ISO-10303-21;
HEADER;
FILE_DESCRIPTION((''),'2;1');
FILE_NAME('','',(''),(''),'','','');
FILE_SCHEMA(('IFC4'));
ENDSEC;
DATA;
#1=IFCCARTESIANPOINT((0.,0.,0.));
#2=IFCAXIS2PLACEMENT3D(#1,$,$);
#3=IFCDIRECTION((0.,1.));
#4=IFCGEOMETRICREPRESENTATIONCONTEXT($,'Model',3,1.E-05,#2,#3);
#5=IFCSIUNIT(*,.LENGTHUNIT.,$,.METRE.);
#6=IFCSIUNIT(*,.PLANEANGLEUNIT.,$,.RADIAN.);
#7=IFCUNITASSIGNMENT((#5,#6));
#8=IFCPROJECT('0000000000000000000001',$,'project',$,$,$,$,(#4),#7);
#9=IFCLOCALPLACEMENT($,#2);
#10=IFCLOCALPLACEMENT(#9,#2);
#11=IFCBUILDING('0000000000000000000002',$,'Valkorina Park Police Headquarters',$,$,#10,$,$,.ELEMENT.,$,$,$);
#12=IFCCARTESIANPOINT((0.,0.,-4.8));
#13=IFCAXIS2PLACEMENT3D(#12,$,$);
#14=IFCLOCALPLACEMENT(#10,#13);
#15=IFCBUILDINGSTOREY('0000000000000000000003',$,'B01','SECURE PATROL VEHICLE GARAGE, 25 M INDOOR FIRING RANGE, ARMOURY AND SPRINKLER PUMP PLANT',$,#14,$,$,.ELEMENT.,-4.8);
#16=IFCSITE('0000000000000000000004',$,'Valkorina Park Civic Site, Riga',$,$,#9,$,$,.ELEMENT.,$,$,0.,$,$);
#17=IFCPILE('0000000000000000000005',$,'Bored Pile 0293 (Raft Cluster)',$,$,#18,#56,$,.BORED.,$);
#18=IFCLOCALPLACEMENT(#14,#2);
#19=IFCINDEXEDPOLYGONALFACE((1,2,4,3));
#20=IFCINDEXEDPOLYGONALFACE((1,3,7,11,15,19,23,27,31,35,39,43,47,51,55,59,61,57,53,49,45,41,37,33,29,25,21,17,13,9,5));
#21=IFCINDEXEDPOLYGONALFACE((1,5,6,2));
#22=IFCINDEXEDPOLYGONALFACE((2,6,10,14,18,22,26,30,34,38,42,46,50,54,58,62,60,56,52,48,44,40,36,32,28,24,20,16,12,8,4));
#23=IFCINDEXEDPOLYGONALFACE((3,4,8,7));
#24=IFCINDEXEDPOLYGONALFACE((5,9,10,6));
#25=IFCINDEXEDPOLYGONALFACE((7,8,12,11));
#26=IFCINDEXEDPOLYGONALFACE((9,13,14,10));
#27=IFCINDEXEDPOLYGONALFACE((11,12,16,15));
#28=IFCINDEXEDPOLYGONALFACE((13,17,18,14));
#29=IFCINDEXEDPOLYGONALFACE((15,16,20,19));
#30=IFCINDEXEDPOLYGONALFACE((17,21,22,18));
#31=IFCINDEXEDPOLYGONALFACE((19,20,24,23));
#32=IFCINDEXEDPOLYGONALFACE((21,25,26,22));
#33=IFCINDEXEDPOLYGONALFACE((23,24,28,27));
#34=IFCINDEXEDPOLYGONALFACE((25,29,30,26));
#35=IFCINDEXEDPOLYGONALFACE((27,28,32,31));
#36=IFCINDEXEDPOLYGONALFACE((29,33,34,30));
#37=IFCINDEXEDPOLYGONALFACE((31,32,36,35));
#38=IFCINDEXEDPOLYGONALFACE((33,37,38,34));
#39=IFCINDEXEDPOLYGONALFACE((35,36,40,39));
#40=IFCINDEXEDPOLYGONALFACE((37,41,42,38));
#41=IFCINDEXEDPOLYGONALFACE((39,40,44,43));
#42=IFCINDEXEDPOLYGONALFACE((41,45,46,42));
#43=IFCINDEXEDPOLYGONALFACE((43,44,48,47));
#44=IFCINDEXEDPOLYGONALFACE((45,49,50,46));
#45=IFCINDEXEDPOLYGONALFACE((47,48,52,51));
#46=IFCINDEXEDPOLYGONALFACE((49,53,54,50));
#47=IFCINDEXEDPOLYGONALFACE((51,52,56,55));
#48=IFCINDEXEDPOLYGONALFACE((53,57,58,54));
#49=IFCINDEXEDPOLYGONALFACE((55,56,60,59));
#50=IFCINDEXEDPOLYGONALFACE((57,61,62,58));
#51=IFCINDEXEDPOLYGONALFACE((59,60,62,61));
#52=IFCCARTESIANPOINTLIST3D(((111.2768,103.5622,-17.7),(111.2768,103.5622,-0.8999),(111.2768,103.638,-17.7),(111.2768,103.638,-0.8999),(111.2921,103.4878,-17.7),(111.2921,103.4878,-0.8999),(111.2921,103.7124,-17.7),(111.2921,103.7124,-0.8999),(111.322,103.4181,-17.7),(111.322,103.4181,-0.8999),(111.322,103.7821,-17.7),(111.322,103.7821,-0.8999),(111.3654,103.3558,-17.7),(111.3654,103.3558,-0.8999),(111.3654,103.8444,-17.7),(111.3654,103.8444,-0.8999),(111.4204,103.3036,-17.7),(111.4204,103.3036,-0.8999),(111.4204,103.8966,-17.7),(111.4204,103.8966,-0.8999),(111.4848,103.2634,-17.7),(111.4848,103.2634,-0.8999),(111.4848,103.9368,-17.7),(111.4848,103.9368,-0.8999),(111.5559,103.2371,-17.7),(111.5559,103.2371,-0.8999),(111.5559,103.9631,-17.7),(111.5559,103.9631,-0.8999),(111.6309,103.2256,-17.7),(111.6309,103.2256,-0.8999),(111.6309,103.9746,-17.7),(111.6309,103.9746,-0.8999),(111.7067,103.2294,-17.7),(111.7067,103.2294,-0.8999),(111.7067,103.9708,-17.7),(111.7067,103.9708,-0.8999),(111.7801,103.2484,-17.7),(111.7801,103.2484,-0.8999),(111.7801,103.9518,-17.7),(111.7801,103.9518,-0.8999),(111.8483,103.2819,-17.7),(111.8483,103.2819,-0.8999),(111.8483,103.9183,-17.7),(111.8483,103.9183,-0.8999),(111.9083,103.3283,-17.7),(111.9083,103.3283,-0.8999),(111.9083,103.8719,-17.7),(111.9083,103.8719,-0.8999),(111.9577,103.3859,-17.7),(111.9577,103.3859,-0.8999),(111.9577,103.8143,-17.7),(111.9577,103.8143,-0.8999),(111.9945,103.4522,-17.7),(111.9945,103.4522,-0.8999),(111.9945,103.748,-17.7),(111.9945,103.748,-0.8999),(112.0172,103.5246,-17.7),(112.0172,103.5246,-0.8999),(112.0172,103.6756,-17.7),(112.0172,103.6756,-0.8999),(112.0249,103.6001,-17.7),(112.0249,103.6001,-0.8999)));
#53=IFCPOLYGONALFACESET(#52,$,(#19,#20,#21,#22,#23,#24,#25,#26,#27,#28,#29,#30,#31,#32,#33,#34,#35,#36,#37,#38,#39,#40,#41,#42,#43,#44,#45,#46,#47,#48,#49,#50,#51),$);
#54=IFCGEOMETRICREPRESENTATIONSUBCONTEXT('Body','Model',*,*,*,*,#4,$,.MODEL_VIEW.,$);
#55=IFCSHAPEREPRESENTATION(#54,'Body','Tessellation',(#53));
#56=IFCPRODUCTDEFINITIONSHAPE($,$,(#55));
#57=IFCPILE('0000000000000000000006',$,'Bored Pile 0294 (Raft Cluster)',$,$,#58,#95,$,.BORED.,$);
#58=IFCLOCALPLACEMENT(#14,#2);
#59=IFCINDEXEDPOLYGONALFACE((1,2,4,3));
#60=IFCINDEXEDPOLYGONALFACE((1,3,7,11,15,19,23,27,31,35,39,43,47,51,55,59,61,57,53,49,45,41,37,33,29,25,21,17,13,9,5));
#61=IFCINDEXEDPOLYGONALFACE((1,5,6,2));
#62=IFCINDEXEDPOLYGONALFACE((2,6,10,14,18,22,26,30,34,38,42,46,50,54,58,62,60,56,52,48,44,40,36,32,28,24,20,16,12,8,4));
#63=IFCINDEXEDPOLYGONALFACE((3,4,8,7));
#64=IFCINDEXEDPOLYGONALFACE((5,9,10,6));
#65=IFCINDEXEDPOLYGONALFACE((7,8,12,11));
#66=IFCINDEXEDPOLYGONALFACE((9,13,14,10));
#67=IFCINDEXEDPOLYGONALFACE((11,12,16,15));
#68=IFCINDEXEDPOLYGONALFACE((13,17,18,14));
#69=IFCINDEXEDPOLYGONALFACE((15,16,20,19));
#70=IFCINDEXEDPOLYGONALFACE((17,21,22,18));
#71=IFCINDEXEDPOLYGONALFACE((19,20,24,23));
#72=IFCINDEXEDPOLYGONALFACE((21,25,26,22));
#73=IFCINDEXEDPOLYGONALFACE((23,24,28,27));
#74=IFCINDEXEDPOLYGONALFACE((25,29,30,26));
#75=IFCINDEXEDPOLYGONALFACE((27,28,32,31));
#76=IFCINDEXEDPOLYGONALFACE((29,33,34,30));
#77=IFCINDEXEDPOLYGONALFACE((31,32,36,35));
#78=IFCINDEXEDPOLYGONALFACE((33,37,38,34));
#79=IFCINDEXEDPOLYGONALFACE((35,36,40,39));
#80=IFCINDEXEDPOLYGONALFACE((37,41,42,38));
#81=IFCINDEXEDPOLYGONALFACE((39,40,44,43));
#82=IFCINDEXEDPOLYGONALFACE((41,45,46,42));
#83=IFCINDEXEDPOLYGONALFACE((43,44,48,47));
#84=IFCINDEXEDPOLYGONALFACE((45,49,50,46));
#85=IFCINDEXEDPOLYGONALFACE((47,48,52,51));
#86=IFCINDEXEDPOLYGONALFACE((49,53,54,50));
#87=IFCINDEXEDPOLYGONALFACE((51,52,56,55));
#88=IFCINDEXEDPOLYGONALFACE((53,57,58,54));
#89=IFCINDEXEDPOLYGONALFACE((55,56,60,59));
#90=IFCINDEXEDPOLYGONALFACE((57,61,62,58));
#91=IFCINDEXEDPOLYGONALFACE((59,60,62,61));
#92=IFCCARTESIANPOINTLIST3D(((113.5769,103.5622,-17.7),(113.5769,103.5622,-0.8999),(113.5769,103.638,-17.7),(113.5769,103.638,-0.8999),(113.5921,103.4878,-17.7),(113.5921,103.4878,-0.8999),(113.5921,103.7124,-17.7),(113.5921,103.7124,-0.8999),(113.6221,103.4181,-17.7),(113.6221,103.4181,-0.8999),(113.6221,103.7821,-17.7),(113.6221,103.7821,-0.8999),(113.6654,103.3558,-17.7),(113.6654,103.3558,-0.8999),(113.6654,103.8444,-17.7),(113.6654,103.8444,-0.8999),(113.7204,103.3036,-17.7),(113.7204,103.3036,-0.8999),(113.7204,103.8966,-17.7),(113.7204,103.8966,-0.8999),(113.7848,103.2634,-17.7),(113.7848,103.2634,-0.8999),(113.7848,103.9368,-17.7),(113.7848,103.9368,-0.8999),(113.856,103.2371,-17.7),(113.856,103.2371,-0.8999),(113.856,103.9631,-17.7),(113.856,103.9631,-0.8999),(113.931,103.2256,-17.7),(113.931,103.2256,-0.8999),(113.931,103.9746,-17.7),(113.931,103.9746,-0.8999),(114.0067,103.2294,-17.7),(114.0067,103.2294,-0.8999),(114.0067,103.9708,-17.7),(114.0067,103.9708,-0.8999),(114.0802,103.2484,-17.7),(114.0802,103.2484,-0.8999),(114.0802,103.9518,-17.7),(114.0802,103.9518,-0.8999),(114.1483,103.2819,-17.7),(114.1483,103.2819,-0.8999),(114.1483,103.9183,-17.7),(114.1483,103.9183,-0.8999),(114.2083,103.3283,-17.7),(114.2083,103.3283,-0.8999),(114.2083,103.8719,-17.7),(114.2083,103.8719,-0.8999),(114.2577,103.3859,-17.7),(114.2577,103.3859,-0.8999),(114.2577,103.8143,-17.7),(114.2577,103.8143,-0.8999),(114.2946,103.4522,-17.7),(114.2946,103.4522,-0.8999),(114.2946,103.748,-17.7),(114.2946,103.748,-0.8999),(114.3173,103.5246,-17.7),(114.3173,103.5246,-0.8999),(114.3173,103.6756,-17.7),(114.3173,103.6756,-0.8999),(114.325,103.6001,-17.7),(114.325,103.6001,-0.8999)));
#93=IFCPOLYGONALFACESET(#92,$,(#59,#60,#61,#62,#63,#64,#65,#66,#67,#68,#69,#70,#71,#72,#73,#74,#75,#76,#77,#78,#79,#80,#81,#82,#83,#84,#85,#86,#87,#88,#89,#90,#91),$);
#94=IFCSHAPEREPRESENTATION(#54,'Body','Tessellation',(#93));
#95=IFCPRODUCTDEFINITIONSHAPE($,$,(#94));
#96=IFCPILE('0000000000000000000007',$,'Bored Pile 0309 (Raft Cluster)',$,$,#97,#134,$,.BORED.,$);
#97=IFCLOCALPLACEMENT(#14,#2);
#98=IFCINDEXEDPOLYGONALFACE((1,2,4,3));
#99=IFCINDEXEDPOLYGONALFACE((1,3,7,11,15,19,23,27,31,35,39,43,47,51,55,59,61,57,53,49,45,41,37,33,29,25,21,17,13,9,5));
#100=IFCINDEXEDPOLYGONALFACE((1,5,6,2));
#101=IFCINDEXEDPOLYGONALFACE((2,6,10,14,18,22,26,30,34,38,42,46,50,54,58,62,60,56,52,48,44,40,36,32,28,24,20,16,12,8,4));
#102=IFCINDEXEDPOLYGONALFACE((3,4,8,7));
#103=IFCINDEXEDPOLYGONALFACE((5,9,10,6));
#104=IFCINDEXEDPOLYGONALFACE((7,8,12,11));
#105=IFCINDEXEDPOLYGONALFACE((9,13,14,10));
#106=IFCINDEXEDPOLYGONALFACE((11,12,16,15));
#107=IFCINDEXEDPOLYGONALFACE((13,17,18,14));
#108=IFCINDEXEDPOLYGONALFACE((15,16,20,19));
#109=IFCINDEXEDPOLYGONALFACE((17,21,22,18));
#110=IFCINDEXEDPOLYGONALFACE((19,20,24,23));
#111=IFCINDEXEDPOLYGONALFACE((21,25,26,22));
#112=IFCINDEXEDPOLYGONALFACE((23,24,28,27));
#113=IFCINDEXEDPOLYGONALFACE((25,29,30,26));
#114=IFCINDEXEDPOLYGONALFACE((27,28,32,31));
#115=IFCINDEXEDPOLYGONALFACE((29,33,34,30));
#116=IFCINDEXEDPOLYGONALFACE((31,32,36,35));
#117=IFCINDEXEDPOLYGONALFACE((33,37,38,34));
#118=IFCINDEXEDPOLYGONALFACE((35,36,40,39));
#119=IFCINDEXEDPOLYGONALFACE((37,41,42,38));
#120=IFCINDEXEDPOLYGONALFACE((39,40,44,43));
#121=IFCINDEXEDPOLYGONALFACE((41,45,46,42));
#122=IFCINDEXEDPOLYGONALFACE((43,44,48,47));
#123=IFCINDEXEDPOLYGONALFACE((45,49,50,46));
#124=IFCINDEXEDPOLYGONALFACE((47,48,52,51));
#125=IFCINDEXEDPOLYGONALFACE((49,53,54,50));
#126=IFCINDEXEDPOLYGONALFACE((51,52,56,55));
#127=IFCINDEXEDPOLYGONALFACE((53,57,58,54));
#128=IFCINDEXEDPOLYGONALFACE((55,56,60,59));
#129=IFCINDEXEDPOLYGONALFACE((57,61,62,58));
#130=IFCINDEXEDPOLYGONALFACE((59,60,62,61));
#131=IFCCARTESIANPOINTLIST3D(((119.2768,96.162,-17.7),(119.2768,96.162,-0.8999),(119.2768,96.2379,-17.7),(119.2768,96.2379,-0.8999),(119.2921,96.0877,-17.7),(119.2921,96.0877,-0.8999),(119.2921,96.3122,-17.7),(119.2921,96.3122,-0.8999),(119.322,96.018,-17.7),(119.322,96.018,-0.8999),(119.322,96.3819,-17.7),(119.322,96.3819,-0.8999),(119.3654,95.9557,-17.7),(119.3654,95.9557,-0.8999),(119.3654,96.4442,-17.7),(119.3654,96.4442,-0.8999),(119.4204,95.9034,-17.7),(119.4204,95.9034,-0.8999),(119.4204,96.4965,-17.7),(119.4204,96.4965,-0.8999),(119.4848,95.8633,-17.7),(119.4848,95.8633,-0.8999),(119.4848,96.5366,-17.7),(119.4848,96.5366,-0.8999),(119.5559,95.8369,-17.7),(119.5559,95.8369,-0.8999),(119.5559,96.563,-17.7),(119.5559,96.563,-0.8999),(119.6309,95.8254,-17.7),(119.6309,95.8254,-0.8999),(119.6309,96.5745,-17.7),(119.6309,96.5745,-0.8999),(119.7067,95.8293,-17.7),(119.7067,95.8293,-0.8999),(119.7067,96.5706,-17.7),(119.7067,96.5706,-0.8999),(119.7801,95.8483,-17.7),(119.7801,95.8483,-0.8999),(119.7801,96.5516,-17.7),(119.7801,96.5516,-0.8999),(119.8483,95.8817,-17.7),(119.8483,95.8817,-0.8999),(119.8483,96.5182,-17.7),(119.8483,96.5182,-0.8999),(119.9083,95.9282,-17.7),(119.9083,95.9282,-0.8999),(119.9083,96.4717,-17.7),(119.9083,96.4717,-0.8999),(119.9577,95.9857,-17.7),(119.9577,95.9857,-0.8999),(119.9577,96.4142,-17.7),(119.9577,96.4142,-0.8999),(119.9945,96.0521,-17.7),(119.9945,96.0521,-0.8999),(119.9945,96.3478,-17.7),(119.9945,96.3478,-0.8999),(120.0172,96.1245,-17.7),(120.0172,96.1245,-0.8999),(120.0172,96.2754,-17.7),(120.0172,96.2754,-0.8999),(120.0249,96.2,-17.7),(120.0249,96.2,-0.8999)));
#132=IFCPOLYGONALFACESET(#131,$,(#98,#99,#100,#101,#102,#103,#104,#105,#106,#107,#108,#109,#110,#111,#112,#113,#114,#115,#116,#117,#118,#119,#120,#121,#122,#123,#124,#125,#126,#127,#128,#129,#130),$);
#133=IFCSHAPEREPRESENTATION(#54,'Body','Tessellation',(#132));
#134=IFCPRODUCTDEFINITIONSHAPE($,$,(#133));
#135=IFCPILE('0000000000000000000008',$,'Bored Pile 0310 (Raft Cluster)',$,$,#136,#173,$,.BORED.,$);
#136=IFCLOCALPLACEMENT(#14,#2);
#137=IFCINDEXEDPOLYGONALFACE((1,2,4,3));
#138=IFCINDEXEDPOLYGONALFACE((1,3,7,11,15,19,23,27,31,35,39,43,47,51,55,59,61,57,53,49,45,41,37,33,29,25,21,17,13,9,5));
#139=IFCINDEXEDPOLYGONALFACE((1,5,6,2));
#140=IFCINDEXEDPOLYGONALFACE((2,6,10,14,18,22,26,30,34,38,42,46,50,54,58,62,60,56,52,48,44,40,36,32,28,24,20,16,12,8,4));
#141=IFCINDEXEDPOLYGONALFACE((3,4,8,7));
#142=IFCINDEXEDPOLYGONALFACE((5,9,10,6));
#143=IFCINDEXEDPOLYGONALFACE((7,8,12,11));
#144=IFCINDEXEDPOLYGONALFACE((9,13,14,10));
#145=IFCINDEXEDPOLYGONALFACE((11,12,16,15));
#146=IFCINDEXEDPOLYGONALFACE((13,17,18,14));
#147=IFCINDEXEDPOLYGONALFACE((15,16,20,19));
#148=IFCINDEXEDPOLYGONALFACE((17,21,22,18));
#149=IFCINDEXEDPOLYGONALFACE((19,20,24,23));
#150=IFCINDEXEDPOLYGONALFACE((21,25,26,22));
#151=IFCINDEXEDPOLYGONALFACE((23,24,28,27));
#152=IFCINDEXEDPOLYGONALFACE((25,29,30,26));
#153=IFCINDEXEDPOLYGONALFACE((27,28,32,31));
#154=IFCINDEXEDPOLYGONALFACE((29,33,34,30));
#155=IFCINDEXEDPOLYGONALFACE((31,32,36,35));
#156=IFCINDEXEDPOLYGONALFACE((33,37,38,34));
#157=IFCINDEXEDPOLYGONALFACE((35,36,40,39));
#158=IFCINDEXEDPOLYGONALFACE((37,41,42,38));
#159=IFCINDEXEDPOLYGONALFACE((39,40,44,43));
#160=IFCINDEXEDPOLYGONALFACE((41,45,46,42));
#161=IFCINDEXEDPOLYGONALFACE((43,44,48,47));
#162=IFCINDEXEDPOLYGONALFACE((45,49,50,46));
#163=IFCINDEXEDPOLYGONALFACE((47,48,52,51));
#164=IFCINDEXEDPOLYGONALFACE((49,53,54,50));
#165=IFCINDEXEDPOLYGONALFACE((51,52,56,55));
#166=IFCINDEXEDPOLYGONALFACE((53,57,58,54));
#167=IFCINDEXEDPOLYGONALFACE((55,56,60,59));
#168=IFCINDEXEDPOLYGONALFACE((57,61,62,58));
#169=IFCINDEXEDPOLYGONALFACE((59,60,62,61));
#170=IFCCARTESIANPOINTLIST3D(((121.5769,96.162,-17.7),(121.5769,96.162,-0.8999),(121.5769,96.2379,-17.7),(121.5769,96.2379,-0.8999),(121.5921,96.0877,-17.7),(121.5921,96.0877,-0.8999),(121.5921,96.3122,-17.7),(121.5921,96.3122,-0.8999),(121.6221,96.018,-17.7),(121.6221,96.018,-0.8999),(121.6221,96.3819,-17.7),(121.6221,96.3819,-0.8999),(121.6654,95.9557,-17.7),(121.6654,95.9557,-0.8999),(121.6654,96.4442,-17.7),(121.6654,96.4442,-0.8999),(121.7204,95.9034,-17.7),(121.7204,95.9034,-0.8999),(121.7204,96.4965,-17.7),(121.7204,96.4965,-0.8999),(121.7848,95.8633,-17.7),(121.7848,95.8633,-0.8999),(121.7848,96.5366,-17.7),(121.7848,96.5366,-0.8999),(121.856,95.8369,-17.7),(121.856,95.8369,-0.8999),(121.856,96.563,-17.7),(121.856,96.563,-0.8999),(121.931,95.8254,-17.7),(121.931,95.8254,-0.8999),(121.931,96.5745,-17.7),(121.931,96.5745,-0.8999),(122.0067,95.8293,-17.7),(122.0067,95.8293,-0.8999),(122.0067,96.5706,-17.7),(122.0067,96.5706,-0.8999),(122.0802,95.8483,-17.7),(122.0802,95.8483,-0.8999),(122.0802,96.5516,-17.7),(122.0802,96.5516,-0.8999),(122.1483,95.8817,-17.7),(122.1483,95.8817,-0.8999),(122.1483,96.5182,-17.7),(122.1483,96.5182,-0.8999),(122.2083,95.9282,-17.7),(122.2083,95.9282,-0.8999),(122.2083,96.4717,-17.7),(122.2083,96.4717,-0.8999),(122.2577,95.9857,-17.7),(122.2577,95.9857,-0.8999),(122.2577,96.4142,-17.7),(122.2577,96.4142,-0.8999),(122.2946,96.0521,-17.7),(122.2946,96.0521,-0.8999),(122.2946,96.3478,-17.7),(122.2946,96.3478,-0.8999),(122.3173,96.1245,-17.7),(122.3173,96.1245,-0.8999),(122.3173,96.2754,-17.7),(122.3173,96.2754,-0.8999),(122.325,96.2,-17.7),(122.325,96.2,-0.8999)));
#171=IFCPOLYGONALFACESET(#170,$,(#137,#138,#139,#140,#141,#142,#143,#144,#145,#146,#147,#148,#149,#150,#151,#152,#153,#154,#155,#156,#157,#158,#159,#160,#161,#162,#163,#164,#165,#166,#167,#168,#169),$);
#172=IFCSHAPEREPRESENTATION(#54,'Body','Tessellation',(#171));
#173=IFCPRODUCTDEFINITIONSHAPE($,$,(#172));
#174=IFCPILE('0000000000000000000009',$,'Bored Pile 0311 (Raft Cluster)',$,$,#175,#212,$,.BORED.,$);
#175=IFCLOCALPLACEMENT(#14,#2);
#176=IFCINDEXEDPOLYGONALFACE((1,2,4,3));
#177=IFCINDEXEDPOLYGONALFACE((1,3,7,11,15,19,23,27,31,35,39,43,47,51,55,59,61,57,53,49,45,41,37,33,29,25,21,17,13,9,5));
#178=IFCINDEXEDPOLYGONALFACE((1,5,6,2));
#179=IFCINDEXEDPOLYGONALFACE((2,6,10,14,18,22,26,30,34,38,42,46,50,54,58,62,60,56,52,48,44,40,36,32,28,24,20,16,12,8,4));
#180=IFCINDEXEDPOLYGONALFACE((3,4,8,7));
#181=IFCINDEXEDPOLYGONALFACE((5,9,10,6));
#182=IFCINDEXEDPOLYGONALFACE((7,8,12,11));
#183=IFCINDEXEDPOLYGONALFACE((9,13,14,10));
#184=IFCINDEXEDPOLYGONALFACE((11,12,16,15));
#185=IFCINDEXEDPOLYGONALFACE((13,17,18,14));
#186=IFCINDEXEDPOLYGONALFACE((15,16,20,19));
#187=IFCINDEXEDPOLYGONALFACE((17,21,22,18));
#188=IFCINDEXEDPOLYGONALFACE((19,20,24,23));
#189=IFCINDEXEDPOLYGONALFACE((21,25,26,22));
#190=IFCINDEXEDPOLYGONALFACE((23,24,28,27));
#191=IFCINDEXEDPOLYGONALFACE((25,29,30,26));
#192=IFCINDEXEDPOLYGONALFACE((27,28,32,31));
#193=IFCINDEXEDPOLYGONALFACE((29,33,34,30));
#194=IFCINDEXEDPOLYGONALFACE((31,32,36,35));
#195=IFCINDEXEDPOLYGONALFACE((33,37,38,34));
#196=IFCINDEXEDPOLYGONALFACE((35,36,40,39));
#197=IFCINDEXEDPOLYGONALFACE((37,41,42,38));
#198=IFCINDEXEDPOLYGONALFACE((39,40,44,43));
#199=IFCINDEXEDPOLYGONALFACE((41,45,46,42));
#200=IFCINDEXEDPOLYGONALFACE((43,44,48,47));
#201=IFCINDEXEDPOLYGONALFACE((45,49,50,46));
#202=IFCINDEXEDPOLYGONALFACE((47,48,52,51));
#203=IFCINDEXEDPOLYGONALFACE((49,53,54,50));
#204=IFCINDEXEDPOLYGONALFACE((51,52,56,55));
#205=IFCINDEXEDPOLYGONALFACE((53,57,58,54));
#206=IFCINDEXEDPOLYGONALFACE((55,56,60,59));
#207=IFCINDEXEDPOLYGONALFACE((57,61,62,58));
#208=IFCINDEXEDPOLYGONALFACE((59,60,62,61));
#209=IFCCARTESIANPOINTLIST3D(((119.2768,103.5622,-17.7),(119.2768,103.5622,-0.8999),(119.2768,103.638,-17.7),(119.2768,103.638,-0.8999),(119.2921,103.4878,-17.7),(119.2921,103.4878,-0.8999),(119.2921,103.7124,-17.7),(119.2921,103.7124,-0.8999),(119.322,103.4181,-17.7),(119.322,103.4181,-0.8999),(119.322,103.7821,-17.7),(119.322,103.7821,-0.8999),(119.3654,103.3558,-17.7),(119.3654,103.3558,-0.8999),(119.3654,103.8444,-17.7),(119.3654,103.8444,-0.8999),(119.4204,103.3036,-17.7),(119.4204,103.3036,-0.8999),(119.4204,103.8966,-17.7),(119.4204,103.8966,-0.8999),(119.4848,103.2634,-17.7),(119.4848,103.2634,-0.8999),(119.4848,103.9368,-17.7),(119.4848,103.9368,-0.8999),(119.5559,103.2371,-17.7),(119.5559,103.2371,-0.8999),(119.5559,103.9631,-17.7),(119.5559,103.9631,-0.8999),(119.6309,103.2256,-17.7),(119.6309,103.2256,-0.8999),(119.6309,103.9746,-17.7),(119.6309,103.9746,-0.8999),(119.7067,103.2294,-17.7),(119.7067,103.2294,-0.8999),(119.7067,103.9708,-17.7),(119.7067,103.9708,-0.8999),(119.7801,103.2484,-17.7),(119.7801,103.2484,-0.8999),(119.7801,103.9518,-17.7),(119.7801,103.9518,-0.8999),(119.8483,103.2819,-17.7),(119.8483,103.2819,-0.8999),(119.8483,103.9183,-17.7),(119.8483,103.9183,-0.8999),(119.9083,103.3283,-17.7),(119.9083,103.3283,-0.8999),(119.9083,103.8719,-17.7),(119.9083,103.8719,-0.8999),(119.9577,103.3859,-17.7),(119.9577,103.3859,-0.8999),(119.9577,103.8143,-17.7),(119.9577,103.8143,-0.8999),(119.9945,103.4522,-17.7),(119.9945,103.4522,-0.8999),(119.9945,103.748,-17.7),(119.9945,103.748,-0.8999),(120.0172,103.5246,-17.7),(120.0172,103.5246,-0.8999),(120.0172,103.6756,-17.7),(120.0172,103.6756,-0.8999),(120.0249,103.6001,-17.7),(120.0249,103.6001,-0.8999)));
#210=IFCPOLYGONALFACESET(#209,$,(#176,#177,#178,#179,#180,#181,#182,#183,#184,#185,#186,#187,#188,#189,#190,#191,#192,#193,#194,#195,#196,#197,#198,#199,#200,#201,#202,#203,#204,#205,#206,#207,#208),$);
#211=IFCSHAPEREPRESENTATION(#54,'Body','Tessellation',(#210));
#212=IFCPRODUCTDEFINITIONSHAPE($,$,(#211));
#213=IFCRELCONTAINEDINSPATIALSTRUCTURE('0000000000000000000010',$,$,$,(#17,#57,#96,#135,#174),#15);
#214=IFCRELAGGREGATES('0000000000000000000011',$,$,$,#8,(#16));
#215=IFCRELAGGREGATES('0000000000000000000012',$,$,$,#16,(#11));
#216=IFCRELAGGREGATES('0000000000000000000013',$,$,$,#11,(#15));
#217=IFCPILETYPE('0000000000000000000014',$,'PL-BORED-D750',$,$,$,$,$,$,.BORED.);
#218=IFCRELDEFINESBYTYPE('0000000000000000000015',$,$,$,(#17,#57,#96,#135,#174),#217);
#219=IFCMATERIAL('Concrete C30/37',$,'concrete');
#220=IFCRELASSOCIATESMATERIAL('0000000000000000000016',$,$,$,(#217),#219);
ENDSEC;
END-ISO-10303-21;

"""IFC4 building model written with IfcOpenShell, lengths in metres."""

from ifc_helpers import new_model, si_unit, direction, frame, origin, origin_2d, place, context, subcontext, project, spatial, circle, extrude, material, material_profile, profile_set, type_object, element, save


model = new_model("IFC4")

# Units and contexts
model_context = context("Model", 3, precision=1e-05, world=origin(), true_north=direction((0.0, 1.0)))
body_context = subcontext(model_context, "Body", "Model", "MODEL_VIEW")
ifc_project = project(units=[si_unit("LENGTHUNIT", "METRE"), si_unit("PLANEANGLEUNIT", "RADIAN")], contexts=[model_context])

# Site, building, storey
site_placement = place(None, origin())
site = spatial("IfcSite", under=ifc_project, at=site_placement, Name="Valkorina Park Civic Site, Riga", CompositionType="ELEMENT", RefElevation=0.0)
building_placement = place(site_placement, origin())
building = spatial("IfcBuilding", under=site, at=building_placement, Name="Valkorina Park Police Headquarters", CompositionType="ELEMENT")
storey_placement = place(building_placement, frame((0.0, 0.0, -4.8)))
storey = spatial("IfcBuildingStorey", under=building, at=storey_placement, Name="B01", Description="SECURE PATROL VEHICLE GARAGE, 25 M INDOOR FIRING RANGE, ARMOURY AND SPRINKLER PUMP PLANT", CompositionType="ELEMENT", Elevation=-4.8)

# Piles
ifc_material_1 = material(Name="Concrete C30/37", Category="concrete")
ifc_material_profile_1 = material_profile(ifc_material_1, circle(Radius=0.375, at=origin_2d()), Name="BORED PILE D750")
ifc_profile_set_1 = profile_set([ifc_material_profile_1], Name="Concrete C30/37")
pile_type = type_object("IfcPileType", Name="PL-BORED-D750", PredefinedType="BORED", material=ifc_profile_set_1)
for number, where, z_axis, x_axis, name in (
    (1, (111.6499, 103.6001, -0.8999), (0.0, 0.0, -1.0), (1.0, 0.0, 0.0), "Bored Pile 0293 (Raft Cluster)"),
    (2, (113.95, 103.6001, -0.8999), (0.0, 0.0, -1.0), (1.0, 0.0, 0.0), "Bored Pile 0294 (Raft Cluster)"),
    (3, (119.6499, 96.2, -0.8999), (0.0, 0.0, -1.0), (1.0, 0.0, 0.0), "Bored Pile 0309 (Raft Cluster)"),
    (4, (121.95, 96.2, -0.8999), (0.0, 0.0, -1.0), (1.0, 0.0, 0.0), "Bored Pile 0310 (Raft Cluster)"),
    (5, (119.6499, 103.6001, -0.8999), (0.0, 0.0, -1.0), (1.0, 0.0, 0.0), "Bored Pile 0311 (Raft Cluster)"),
):
    element("IfcPile", number, at=place(storey_placement, frame(where, z_axis=z_axis, x_axis=x_axis)), inside=storey, type_object=pile_type, Name=name, PredefinedType="BORED", context=body_context, shape_type="SweptSolid", body=[
        extrude(circle(Radius=0.375, at=origin_2d()), origin(), (0.0, 0.0, 1.0), 16.8),
    ])

save(model, "model.ifc")
